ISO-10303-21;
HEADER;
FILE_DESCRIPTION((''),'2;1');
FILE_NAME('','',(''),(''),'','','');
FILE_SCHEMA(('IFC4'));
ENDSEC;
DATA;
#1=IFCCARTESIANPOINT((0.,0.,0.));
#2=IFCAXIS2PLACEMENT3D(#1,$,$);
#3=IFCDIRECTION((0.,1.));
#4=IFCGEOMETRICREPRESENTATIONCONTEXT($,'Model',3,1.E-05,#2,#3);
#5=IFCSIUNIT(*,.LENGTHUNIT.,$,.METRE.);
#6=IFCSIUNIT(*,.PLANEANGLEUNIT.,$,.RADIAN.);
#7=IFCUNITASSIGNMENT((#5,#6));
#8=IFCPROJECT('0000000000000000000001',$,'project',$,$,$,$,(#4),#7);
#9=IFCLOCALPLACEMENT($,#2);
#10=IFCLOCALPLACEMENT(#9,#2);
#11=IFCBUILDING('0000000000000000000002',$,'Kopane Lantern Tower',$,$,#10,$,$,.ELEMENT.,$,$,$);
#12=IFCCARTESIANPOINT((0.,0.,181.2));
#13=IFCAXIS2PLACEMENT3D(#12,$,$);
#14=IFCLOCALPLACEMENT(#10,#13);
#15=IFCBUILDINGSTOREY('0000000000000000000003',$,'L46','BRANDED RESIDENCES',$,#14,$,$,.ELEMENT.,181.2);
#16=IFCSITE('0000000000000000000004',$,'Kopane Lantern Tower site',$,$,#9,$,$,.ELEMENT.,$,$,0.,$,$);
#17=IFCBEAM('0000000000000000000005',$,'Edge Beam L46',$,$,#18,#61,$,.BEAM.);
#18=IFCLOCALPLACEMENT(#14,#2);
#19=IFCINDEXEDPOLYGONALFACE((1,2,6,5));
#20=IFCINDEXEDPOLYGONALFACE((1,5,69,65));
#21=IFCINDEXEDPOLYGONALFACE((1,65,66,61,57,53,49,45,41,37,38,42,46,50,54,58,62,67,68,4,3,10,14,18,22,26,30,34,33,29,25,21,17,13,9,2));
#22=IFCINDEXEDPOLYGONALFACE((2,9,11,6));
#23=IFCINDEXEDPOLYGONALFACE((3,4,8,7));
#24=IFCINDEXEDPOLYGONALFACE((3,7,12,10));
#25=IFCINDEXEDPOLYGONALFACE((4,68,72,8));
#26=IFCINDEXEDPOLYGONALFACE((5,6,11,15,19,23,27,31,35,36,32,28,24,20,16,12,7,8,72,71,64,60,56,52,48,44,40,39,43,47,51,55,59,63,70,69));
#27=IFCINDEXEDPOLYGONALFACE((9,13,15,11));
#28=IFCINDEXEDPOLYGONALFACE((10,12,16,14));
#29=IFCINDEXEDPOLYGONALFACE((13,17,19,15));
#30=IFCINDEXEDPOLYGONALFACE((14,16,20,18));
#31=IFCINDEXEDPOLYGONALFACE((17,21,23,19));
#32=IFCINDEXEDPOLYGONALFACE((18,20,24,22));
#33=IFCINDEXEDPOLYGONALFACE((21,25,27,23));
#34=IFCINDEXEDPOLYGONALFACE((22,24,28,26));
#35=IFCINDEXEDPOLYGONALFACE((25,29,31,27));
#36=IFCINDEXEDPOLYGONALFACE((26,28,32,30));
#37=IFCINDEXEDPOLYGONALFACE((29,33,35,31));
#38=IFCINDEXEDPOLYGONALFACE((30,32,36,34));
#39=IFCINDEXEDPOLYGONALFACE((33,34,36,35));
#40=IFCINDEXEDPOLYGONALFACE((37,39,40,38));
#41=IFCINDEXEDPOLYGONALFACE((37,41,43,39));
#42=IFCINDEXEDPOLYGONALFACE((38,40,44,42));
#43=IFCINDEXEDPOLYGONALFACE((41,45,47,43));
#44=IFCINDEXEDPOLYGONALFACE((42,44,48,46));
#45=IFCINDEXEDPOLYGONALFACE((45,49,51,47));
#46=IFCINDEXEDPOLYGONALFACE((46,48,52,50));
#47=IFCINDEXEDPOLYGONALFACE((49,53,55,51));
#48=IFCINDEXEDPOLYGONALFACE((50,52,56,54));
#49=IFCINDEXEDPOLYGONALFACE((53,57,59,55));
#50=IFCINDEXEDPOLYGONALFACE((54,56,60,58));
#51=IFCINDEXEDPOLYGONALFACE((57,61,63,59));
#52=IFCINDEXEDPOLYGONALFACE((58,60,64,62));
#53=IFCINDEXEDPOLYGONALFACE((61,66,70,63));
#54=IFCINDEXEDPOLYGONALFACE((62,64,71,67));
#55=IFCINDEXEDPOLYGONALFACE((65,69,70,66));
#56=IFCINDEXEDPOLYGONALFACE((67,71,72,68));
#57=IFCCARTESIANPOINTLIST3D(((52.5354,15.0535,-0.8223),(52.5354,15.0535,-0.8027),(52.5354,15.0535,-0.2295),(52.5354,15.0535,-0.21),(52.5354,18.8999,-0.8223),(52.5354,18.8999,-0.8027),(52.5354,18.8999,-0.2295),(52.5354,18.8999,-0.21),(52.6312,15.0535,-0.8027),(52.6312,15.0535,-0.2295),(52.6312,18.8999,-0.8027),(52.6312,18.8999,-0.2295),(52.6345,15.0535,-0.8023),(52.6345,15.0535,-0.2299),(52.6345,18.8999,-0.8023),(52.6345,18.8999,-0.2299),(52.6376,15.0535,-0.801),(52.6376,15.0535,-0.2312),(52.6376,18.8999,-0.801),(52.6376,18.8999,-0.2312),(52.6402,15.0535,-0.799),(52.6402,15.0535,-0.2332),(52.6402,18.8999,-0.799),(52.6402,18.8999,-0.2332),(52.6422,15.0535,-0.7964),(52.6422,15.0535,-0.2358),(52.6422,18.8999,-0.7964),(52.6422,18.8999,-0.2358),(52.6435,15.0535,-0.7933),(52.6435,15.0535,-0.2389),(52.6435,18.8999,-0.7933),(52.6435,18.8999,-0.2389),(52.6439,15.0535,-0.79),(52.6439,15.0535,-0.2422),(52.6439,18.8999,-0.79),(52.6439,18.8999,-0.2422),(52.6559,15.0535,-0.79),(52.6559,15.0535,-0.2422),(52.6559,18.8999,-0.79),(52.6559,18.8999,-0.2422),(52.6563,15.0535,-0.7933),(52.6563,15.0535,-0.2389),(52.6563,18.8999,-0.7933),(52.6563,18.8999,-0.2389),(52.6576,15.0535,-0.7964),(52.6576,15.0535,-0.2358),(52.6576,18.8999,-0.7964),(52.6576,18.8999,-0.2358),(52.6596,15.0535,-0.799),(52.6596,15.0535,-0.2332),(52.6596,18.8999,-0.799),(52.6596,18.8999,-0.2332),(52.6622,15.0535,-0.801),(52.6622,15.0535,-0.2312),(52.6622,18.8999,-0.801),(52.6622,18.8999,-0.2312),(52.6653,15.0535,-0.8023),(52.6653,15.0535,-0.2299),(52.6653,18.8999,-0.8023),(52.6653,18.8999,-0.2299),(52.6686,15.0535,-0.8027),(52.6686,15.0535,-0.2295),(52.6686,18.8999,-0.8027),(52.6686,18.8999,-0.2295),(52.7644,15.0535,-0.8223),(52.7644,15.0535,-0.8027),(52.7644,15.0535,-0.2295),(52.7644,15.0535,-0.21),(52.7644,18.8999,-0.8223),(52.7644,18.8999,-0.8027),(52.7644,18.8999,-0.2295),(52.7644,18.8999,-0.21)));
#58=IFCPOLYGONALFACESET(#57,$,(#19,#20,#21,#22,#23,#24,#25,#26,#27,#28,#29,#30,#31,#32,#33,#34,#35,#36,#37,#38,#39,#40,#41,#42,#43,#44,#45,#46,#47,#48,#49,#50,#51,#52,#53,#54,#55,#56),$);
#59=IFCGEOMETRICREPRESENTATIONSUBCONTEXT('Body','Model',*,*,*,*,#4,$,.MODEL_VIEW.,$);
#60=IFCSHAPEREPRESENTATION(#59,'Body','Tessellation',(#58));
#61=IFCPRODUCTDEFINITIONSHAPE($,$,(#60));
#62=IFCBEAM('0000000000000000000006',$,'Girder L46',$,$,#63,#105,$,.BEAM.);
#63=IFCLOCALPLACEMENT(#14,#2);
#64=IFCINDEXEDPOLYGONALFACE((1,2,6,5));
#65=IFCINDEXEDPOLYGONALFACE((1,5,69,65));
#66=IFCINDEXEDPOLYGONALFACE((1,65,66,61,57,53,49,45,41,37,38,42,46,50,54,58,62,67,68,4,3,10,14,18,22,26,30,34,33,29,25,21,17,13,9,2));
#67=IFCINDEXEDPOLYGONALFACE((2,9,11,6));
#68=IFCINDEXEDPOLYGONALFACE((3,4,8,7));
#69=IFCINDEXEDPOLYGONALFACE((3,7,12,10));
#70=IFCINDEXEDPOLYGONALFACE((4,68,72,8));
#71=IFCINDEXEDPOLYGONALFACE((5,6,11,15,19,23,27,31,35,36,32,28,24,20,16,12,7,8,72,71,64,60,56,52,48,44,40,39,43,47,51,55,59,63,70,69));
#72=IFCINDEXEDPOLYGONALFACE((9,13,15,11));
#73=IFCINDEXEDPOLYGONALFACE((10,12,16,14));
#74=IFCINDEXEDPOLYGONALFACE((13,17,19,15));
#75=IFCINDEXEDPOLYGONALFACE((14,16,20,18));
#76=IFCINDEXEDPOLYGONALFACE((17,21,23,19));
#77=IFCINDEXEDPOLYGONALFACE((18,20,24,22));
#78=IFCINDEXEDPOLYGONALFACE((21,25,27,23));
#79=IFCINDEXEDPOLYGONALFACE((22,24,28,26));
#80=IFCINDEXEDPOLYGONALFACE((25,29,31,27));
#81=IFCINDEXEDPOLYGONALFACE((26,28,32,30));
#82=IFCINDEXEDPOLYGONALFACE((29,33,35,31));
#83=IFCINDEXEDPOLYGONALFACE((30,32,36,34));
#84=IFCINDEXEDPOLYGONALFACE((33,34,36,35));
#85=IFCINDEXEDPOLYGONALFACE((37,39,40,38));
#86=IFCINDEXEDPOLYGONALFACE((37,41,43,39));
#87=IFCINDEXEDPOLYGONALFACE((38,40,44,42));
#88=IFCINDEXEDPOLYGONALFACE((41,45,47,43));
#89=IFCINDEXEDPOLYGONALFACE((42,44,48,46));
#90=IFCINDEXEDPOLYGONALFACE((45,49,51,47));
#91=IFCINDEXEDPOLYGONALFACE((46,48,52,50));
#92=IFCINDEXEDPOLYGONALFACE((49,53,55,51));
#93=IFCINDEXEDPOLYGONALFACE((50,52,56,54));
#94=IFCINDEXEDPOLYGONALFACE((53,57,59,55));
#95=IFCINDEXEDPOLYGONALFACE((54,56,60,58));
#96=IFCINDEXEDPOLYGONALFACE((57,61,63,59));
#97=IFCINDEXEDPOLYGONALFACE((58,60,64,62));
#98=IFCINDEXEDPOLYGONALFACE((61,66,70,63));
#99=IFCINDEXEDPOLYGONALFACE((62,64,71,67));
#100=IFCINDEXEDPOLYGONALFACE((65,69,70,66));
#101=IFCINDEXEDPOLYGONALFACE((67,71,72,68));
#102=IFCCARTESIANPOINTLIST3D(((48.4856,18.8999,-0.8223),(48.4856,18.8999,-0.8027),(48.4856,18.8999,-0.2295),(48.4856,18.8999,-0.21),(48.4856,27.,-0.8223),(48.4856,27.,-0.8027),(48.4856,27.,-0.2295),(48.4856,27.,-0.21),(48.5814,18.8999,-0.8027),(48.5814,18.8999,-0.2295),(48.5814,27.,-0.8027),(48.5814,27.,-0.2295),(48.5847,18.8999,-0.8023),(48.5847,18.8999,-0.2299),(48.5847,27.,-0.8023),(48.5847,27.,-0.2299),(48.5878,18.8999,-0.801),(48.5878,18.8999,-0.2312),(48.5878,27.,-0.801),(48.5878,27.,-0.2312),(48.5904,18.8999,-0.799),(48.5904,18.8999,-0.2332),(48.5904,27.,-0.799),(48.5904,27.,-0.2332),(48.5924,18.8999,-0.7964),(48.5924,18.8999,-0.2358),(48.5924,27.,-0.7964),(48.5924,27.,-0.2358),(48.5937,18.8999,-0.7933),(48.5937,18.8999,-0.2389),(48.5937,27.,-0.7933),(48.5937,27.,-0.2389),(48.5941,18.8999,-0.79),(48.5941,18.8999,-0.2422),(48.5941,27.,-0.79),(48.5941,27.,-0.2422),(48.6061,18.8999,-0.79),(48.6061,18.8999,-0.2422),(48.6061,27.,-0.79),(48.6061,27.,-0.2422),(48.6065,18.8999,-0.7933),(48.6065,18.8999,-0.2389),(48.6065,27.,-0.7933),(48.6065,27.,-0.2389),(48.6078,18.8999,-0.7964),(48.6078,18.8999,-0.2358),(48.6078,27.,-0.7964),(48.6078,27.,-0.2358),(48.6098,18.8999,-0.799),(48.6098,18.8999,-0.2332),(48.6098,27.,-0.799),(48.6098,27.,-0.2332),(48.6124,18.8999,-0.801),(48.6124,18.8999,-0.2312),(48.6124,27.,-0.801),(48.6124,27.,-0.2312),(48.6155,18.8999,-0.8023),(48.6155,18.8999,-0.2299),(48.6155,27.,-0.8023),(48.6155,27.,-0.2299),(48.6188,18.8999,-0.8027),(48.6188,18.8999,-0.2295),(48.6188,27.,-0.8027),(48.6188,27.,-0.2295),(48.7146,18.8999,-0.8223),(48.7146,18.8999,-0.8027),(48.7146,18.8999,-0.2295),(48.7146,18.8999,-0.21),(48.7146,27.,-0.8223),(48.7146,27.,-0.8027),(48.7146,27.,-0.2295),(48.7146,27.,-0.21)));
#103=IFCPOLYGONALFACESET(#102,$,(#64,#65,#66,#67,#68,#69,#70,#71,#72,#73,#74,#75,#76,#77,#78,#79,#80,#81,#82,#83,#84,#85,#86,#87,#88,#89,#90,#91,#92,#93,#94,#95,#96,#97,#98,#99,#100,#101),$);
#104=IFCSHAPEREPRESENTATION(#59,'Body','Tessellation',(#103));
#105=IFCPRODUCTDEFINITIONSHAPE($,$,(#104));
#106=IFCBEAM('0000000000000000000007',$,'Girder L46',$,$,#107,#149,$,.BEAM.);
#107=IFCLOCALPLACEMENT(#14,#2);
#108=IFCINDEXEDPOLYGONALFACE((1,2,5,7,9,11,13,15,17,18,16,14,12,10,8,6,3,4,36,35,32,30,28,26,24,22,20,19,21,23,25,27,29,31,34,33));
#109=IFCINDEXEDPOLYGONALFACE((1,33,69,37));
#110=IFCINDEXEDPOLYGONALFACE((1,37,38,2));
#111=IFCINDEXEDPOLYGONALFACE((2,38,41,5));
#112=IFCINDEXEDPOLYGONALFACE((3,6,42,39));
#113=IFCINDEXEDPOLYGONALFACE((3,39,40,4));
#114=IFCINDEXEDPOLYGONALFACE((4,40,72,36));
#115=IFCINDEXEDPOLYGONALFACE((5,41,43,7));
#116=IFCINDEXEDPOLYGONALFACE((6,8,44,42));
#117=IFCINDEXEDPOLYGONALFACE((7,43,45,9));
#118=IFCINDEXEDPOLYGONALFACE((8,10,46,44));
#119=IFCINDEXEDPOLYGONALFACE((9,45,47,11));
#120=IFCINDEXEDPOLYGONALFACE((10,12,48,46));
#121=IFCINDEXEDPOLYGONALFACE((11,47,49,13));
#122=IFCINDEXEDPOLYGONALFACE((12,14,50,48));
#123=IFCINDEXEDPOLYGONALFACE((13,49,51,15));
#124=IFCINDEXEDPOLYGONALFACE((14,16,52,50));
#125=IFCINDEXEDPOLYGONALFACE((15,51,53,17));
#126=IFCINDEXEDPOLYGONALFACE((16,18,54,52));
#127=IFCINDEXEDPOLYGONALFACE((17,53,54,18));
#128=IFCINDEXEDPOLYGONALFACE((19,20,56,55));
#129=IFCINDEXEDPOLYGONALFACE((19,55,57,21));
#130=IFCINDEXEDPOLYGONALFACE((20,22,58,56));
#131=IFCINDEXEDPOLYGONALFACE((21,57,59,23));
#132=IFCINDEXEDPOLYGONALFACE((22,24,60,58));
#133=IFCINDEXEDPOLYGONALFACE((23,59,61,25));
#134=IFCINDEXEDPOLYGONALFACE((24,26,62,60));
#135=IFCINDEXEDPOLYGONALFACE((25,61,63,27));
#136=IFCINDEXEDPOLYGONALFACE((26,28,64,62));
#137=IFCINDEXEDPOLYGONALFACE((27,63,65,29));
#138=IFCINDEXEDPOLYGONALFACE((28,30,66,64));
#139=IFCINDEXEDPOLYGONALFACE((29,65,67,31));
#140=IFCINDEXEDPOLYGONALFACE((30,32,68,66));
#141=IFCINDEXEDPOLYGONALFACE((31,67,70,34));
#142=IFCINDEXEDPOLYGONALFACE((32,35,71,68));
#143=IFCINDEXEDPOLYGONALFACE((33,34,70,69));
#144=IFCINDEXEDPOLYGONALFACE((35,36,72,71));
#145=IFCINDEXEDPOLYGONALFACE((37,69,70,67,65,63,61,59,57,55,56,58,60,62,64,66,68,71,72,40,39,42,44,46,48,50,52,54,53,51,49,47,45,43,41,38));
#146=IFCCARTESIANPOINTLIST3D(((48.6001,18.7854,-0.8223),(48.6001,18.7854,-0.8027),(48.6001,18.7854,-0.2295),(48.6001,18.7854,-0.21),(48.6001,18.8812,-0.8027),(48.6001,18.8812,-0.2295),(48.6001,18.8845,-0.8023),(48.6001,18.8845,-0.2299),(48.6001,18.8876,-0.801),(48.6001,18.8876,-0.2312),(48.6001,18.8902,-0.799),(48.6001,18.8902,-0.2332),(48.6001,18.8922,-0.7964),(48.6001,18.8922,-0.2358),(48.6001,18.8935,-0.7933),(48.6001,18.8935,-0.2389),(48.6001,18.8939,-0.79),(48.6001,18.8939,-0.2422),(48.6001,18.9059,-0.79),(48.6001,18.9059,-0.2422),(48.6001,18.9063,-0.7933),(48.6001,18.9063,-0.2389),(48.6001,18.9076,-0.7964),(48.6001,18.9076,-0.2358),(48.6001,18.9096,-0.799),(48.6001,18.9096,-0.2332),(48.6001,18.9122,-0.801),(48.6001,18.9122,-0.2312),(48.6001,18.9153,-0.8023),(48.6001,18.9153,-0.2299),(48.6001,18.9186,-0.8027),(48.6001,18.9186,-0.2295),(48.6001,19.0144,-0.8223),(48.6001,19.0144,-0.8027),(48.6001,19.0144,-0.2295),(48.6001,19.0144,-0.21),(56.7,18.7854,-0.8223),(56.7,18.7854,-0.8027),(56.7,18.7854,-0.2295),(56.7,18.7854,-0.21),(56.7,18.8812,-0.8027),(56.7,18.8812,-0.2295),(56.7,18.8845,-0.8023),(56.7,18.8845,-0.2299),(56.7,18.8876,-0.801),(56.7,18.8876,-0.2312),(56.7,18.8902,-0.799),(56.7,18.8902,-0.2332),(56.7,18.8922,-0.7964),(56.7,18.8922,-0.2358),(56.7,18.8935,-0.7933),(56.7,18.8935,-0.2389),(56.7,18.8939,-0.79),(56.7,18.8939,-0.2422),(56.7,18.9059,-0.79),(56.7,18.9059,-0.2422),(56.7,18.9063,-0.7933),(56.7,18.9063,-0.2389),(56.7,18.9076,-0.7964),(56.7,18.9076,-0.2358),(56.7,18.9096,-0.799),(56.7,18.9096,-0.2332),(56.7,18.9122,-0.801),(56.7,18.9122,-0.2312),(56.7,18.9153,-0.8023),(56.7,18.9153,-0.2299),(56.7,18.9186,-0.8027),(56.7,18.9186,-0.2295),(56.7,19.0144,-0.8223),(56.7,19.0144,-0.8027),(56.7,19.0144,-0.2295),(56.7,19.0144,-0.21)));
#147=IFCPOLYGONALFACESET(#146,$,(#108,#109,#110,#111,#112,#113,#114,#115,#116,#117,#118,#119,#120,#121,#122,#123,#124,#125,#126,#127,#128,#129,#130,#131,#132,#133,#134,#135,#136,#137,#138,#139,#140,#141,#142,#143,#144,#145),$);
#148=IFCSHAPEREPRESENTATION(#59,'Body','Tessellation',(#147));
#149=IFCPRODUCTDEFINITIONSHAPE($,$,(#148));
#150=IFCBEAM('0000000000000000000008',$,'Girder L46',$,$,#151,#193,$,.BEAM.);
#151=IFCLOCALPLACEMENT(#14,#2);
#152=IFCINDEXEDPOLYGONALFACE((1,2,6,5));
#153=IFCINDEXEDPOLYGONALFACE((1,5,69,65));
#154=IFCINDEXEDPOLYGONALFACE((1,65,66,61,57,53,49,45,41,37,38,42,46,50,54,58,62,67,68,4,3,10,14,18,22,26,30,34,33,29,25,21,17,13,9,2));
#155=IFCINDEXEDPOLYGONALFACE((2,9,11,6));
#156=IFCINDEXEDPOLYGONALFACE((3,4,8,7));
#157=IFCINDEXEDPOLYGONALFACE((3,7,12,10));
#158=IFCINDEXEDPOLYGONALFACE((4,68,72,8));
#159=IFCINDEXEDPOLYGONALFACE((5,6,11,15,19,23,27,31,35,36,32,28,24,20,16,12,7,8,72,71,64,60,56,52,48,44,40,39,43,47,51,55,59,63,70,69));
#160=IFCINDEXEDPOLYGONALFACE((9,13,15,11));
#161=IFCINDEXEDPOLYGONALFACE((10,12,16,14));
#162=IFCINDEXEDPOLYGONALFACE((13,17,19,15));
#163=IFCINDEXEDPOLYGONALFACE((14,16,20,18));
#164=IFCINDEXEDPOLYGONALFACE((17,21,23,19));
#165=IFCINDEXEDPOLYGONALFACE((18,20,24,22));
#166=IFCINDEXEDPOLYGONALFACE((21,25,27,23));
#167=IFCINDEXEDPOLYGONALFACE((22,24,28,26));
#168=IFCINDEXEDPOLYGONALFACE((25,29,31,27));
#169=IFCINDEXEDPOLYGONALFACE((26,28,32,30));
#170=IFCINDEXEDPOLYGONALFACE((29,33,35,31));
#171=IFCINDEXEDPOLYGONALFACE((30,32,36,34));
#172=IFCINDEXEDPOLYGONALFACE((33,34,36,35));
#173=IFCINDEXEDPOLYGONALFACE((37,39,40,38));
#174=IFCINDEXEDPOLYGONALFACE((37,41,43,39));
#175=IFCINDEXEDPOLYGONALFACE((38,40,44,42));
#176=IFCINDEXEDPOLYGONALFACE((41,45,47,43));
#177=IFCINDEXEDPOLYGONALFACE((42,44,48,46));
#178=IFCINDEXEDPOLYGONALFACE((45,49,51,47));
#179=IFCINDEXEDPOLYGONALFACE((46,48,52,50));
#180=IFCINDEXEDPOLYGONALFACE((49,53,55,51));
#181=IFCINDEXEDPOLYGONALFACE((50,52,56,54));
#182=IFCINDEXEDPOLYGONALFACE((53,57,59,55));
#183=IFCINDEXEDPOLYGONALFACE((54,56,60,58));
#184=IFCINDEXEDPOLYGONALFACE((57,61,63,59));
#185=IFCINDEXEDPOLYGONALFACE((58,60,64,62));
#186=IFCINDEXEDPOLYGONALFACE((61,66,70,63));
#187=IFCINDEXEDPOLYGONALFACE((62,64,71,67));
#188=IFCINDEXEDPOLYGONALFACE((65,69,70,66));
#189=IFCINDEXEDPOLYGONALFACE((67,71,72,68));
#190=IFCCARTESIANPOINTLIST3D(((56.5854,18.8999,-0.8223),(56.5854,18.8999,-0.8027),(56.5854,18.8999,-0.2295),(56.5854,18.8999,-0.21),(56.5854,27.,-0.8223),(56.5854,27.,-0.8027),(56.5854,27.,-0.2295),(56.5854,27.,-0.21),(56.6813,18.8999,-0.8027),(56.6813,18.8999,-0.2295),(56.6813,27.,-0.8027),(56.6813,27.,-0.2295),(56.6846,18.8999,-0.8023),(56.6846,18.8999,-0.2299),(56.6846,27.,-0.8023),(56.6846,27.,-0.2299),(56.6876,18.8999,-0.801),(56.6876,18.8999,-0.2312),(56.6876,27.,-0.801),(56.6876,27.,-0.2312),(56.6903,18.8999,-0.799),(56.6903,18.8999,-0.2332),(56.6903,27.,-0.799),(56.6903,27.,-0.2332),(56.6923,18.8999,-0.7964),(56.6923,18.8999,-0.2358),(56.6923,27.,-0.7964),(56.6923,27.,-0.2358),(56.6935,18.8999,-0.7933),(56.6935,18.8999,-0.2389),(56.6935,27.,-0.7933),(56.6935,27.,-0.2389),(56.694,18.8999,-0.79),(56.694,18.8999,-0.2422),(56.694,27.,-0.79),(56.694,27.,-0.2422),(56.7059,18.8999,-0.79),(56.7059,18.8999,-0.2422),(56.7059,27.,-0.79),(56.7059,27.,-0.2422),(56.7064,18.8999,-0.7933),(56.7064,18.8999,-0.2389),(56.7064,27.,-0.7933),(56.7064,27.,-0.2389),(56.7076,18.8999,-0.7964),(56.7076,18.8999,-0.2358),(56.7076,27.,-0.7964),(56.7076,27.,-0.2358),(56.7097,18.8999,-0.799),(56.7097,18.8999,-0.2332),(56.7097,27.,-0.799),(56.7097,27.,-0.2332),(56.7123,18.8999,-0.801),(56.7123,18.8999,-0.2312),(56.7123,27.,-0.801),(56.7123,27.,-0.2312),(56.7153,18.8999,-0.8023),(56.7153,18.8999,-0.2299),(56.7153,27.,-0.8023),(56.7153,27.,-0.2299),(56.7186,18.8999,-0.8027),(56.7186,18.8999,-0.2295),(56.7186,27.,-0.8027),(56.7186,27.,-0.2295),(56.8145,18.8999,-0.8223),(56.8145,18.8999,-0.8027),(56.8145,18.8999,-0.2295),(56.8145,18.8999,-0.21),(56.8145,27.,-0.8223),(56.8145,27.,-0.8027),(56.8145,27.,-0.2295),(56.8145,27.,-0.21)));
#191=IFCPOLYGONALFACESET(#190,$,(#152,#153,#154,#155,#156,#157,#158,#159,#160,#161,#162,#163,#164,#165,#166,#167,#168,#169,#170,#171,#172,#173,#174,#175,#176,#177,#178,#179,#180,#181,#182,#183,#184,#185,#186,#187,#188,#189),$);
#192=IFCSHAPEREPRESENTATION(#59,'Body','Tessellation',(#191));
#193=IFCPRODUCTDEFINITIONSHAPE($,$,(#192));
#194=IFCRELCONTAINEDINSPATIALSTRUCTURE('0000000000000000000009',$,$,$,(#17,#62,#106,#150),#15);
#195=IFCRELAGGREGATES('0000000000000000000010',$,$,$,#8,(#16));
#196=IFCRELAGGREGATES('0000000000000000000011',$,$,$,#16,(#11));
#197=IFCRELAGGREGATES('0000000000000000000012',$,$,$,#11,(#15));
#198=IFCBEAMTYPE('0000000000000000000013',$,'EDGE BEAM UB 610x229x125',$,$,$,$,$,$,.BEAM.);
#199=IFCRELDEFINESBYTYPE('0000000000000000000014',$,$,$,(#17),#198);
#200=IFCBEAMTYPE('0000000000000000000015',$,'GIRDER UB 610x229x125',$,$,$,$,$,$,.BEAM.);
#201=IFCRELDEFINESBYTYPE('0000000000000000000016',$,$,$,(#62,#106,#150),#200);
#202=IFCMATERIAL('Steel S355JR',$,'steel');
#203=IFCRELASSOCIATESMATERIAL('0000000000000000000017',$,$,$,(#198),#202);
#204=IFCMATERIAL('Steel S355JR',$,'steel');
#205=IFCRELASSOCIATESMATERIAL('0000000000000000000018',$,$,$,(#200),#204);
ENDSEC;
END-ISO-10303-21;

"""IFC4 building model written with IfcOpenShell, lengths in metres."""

from ifc_helpers import new_model, si_unit, direction, frame, origin, origin_2d, place, context, subcontext, project, spatial, i_section, extrude, material, material_profile, profile_set, type_object, element, save


model = new_model("IFC4")

# Units and contexts
model_context = context("Model", 3, precision=1e-05, world=origin(), true_north=direction((0.0, 1.0)))
body_context = subcontext(model_context, "Body", "Model", "MODEL_VIEW")
ifc_project = project(units=[si_unit("LENGTHUNIT", "METRE"), si_unit("PLANEANGLEUNIT", "RADIAN")], contexts=[model_context])

# Site, building, storey
site_placement = place(None, origin())
site = spatial("IfcSite", under=ifc_project, at=site_placement, Name="Kopane Lantern Tower site", CompositionType="ELEMENT", RefElevation=0.0)
building_placement = place(site_placement, origin())
building = spatial("IfcBuilding", under=site, at=building_placement, Name="Kopane Lantern Tower", CompositionType="ELEMENT")
storey_placement = place(building_placement, frame((0.0, 0.0, 181.2)))
storey = spatial("IfcBuildingStorey", under=building, at=storey_placement, Name="L46", Description="BRANDED RESIDENCES", CompositionType="ELEMENT", Elevation=181.2)

# Beams
ifc_material_1 = material(Name="Steel S355JR", Category="steel")
ifc_material_profile_1 = material_profile(ifc_material_1, i_section(OverallWidth=0.229, OverallDepth=0.6123, WebThickness=0.012, FlangeThickness=0.0195, FilletRadius=0.0127, at=origin_2d()), Name="UB 610x229x125")
ifc_profile_set_1 = profile_set([ifc_material_profile_1], Name="Steel S355JR")
beam_type_1 = type_object("IfcBeamType", Name="EDGE BEAM UB 610x229x125", PredefinedType="BEAM", material=ifc_profile_set_1)
for number, where, z_axis, x_axis, name in (
    (1, (52.6499, 15.0535, -0.5161), (0.0, 1.0, 0.0), (-1.0, 0.0, 0.0), "Edge Beam L46"),
):
    element("IfcBeam", number, at=place(storey_placement, frame(where, z_axis=z_axis, x_axis=x_axis)), inside=storey, type_object=beam_type_1, Name=name, PredefinedType="BEAM", context=body_context, shape_type="SweptSolid", body=[
        extrude(i_section(OverallWidth=0.229, OverallDepth=0.6123, WebThickness=0.012, FlangeThickness=0.0195, FilletRadius=0.0127, at=origin_2d()), origin(), (0.0, 0.0, 1.0), 3.8464),
    ])
ifc_material_2 = material(Name="Steel S355JR", Category="steel")
ifc_material_profile_2 = material_profile(ifc_material_2, i_section(OverallWidth=0.229, OverallDepth=0.6123, WebThickness=0.012, FlangeThickness=0.0195, FilletRadius=0.0127, at=origin_2d()), Name="UB 610x229x125")
ifc_profile_set_2 = profile_set([ifc_material_profile_2], Name="Steel S355JR")
beam_type_2 = type_object("IfcBeamType", Name="GIRDER UB 610x229x125", PredefinedType="BEAM", material=ifc_profile_set_2)
beam_1_placement = place(storey_placement, frame((48.6001, 18.8999, -0.5161), z_axis=(0.0, 1.0, 0.0), x_axis=(-1.0, 0.0, 0.0)))
element("IfcBeam", 2, at=beam_1_placement, inside=storey, type_object=beam_type_2, Name="Girder L46", PredefinedType="BEAM", context=body_context, shape_type="SweptSolid", body=[
    extrude(i_section(OverallWidth=0.229, OverallDepth=0.6123, WebThickness=0.012, FlangeThickness=0.0195, FilletRadius=0.0127, at=origin_2d()), origin(), (0.0, 0.0, 1.0), 8.1001),
])
beam_2_placement = place(storey_placement, frame((48.6001, 18.8999, -0.5161), z_axis=(1.0, 0.0, 0.0), x_axis=(0.0, 1.0, 0.0)))
element("IfcBeam", 3, at=beam_2_placement, inside=storey, type_object=beam_type_2, Name="Girder L46", PredefinedType="BEAM", context=body_context, shape_type="SweptSolid", body=[
    extrude(i_section(OverallWidth=0.229, OverallDepth=0.6123, WebThickness=0.012, FlangeThickness=0.0195, FilletRadius=0.0127, at=origin_2d()), origin(), (0.0, 0.0, 1.0), 8.0999),
])
beam_3_placement = place(storey_placement, frame((56.7, 18.8999, -0.5161), z_axis=(0.0, 1.0, 0.0), x_axis=(-1.0, 0.0, 0.0)))
element("IfcBeam", 4, at=beam_3_placement, inside=storey, type_object=beam_type_2, Name="Girder L46", PredefinedType="BEAM", context=body_context, shape_type="SweptSolid", body=[
    extrude(i_section(OverallWidth=0.229, OverallDepth=0.6123, WebThickness=0.012, FlangeThickness=0.0195, FilletRadius=0.0127, at=origin_2d()), origin(), (0.0, 0.0, 1.0), 8.1001),
])

save(model, "model.ifc")
